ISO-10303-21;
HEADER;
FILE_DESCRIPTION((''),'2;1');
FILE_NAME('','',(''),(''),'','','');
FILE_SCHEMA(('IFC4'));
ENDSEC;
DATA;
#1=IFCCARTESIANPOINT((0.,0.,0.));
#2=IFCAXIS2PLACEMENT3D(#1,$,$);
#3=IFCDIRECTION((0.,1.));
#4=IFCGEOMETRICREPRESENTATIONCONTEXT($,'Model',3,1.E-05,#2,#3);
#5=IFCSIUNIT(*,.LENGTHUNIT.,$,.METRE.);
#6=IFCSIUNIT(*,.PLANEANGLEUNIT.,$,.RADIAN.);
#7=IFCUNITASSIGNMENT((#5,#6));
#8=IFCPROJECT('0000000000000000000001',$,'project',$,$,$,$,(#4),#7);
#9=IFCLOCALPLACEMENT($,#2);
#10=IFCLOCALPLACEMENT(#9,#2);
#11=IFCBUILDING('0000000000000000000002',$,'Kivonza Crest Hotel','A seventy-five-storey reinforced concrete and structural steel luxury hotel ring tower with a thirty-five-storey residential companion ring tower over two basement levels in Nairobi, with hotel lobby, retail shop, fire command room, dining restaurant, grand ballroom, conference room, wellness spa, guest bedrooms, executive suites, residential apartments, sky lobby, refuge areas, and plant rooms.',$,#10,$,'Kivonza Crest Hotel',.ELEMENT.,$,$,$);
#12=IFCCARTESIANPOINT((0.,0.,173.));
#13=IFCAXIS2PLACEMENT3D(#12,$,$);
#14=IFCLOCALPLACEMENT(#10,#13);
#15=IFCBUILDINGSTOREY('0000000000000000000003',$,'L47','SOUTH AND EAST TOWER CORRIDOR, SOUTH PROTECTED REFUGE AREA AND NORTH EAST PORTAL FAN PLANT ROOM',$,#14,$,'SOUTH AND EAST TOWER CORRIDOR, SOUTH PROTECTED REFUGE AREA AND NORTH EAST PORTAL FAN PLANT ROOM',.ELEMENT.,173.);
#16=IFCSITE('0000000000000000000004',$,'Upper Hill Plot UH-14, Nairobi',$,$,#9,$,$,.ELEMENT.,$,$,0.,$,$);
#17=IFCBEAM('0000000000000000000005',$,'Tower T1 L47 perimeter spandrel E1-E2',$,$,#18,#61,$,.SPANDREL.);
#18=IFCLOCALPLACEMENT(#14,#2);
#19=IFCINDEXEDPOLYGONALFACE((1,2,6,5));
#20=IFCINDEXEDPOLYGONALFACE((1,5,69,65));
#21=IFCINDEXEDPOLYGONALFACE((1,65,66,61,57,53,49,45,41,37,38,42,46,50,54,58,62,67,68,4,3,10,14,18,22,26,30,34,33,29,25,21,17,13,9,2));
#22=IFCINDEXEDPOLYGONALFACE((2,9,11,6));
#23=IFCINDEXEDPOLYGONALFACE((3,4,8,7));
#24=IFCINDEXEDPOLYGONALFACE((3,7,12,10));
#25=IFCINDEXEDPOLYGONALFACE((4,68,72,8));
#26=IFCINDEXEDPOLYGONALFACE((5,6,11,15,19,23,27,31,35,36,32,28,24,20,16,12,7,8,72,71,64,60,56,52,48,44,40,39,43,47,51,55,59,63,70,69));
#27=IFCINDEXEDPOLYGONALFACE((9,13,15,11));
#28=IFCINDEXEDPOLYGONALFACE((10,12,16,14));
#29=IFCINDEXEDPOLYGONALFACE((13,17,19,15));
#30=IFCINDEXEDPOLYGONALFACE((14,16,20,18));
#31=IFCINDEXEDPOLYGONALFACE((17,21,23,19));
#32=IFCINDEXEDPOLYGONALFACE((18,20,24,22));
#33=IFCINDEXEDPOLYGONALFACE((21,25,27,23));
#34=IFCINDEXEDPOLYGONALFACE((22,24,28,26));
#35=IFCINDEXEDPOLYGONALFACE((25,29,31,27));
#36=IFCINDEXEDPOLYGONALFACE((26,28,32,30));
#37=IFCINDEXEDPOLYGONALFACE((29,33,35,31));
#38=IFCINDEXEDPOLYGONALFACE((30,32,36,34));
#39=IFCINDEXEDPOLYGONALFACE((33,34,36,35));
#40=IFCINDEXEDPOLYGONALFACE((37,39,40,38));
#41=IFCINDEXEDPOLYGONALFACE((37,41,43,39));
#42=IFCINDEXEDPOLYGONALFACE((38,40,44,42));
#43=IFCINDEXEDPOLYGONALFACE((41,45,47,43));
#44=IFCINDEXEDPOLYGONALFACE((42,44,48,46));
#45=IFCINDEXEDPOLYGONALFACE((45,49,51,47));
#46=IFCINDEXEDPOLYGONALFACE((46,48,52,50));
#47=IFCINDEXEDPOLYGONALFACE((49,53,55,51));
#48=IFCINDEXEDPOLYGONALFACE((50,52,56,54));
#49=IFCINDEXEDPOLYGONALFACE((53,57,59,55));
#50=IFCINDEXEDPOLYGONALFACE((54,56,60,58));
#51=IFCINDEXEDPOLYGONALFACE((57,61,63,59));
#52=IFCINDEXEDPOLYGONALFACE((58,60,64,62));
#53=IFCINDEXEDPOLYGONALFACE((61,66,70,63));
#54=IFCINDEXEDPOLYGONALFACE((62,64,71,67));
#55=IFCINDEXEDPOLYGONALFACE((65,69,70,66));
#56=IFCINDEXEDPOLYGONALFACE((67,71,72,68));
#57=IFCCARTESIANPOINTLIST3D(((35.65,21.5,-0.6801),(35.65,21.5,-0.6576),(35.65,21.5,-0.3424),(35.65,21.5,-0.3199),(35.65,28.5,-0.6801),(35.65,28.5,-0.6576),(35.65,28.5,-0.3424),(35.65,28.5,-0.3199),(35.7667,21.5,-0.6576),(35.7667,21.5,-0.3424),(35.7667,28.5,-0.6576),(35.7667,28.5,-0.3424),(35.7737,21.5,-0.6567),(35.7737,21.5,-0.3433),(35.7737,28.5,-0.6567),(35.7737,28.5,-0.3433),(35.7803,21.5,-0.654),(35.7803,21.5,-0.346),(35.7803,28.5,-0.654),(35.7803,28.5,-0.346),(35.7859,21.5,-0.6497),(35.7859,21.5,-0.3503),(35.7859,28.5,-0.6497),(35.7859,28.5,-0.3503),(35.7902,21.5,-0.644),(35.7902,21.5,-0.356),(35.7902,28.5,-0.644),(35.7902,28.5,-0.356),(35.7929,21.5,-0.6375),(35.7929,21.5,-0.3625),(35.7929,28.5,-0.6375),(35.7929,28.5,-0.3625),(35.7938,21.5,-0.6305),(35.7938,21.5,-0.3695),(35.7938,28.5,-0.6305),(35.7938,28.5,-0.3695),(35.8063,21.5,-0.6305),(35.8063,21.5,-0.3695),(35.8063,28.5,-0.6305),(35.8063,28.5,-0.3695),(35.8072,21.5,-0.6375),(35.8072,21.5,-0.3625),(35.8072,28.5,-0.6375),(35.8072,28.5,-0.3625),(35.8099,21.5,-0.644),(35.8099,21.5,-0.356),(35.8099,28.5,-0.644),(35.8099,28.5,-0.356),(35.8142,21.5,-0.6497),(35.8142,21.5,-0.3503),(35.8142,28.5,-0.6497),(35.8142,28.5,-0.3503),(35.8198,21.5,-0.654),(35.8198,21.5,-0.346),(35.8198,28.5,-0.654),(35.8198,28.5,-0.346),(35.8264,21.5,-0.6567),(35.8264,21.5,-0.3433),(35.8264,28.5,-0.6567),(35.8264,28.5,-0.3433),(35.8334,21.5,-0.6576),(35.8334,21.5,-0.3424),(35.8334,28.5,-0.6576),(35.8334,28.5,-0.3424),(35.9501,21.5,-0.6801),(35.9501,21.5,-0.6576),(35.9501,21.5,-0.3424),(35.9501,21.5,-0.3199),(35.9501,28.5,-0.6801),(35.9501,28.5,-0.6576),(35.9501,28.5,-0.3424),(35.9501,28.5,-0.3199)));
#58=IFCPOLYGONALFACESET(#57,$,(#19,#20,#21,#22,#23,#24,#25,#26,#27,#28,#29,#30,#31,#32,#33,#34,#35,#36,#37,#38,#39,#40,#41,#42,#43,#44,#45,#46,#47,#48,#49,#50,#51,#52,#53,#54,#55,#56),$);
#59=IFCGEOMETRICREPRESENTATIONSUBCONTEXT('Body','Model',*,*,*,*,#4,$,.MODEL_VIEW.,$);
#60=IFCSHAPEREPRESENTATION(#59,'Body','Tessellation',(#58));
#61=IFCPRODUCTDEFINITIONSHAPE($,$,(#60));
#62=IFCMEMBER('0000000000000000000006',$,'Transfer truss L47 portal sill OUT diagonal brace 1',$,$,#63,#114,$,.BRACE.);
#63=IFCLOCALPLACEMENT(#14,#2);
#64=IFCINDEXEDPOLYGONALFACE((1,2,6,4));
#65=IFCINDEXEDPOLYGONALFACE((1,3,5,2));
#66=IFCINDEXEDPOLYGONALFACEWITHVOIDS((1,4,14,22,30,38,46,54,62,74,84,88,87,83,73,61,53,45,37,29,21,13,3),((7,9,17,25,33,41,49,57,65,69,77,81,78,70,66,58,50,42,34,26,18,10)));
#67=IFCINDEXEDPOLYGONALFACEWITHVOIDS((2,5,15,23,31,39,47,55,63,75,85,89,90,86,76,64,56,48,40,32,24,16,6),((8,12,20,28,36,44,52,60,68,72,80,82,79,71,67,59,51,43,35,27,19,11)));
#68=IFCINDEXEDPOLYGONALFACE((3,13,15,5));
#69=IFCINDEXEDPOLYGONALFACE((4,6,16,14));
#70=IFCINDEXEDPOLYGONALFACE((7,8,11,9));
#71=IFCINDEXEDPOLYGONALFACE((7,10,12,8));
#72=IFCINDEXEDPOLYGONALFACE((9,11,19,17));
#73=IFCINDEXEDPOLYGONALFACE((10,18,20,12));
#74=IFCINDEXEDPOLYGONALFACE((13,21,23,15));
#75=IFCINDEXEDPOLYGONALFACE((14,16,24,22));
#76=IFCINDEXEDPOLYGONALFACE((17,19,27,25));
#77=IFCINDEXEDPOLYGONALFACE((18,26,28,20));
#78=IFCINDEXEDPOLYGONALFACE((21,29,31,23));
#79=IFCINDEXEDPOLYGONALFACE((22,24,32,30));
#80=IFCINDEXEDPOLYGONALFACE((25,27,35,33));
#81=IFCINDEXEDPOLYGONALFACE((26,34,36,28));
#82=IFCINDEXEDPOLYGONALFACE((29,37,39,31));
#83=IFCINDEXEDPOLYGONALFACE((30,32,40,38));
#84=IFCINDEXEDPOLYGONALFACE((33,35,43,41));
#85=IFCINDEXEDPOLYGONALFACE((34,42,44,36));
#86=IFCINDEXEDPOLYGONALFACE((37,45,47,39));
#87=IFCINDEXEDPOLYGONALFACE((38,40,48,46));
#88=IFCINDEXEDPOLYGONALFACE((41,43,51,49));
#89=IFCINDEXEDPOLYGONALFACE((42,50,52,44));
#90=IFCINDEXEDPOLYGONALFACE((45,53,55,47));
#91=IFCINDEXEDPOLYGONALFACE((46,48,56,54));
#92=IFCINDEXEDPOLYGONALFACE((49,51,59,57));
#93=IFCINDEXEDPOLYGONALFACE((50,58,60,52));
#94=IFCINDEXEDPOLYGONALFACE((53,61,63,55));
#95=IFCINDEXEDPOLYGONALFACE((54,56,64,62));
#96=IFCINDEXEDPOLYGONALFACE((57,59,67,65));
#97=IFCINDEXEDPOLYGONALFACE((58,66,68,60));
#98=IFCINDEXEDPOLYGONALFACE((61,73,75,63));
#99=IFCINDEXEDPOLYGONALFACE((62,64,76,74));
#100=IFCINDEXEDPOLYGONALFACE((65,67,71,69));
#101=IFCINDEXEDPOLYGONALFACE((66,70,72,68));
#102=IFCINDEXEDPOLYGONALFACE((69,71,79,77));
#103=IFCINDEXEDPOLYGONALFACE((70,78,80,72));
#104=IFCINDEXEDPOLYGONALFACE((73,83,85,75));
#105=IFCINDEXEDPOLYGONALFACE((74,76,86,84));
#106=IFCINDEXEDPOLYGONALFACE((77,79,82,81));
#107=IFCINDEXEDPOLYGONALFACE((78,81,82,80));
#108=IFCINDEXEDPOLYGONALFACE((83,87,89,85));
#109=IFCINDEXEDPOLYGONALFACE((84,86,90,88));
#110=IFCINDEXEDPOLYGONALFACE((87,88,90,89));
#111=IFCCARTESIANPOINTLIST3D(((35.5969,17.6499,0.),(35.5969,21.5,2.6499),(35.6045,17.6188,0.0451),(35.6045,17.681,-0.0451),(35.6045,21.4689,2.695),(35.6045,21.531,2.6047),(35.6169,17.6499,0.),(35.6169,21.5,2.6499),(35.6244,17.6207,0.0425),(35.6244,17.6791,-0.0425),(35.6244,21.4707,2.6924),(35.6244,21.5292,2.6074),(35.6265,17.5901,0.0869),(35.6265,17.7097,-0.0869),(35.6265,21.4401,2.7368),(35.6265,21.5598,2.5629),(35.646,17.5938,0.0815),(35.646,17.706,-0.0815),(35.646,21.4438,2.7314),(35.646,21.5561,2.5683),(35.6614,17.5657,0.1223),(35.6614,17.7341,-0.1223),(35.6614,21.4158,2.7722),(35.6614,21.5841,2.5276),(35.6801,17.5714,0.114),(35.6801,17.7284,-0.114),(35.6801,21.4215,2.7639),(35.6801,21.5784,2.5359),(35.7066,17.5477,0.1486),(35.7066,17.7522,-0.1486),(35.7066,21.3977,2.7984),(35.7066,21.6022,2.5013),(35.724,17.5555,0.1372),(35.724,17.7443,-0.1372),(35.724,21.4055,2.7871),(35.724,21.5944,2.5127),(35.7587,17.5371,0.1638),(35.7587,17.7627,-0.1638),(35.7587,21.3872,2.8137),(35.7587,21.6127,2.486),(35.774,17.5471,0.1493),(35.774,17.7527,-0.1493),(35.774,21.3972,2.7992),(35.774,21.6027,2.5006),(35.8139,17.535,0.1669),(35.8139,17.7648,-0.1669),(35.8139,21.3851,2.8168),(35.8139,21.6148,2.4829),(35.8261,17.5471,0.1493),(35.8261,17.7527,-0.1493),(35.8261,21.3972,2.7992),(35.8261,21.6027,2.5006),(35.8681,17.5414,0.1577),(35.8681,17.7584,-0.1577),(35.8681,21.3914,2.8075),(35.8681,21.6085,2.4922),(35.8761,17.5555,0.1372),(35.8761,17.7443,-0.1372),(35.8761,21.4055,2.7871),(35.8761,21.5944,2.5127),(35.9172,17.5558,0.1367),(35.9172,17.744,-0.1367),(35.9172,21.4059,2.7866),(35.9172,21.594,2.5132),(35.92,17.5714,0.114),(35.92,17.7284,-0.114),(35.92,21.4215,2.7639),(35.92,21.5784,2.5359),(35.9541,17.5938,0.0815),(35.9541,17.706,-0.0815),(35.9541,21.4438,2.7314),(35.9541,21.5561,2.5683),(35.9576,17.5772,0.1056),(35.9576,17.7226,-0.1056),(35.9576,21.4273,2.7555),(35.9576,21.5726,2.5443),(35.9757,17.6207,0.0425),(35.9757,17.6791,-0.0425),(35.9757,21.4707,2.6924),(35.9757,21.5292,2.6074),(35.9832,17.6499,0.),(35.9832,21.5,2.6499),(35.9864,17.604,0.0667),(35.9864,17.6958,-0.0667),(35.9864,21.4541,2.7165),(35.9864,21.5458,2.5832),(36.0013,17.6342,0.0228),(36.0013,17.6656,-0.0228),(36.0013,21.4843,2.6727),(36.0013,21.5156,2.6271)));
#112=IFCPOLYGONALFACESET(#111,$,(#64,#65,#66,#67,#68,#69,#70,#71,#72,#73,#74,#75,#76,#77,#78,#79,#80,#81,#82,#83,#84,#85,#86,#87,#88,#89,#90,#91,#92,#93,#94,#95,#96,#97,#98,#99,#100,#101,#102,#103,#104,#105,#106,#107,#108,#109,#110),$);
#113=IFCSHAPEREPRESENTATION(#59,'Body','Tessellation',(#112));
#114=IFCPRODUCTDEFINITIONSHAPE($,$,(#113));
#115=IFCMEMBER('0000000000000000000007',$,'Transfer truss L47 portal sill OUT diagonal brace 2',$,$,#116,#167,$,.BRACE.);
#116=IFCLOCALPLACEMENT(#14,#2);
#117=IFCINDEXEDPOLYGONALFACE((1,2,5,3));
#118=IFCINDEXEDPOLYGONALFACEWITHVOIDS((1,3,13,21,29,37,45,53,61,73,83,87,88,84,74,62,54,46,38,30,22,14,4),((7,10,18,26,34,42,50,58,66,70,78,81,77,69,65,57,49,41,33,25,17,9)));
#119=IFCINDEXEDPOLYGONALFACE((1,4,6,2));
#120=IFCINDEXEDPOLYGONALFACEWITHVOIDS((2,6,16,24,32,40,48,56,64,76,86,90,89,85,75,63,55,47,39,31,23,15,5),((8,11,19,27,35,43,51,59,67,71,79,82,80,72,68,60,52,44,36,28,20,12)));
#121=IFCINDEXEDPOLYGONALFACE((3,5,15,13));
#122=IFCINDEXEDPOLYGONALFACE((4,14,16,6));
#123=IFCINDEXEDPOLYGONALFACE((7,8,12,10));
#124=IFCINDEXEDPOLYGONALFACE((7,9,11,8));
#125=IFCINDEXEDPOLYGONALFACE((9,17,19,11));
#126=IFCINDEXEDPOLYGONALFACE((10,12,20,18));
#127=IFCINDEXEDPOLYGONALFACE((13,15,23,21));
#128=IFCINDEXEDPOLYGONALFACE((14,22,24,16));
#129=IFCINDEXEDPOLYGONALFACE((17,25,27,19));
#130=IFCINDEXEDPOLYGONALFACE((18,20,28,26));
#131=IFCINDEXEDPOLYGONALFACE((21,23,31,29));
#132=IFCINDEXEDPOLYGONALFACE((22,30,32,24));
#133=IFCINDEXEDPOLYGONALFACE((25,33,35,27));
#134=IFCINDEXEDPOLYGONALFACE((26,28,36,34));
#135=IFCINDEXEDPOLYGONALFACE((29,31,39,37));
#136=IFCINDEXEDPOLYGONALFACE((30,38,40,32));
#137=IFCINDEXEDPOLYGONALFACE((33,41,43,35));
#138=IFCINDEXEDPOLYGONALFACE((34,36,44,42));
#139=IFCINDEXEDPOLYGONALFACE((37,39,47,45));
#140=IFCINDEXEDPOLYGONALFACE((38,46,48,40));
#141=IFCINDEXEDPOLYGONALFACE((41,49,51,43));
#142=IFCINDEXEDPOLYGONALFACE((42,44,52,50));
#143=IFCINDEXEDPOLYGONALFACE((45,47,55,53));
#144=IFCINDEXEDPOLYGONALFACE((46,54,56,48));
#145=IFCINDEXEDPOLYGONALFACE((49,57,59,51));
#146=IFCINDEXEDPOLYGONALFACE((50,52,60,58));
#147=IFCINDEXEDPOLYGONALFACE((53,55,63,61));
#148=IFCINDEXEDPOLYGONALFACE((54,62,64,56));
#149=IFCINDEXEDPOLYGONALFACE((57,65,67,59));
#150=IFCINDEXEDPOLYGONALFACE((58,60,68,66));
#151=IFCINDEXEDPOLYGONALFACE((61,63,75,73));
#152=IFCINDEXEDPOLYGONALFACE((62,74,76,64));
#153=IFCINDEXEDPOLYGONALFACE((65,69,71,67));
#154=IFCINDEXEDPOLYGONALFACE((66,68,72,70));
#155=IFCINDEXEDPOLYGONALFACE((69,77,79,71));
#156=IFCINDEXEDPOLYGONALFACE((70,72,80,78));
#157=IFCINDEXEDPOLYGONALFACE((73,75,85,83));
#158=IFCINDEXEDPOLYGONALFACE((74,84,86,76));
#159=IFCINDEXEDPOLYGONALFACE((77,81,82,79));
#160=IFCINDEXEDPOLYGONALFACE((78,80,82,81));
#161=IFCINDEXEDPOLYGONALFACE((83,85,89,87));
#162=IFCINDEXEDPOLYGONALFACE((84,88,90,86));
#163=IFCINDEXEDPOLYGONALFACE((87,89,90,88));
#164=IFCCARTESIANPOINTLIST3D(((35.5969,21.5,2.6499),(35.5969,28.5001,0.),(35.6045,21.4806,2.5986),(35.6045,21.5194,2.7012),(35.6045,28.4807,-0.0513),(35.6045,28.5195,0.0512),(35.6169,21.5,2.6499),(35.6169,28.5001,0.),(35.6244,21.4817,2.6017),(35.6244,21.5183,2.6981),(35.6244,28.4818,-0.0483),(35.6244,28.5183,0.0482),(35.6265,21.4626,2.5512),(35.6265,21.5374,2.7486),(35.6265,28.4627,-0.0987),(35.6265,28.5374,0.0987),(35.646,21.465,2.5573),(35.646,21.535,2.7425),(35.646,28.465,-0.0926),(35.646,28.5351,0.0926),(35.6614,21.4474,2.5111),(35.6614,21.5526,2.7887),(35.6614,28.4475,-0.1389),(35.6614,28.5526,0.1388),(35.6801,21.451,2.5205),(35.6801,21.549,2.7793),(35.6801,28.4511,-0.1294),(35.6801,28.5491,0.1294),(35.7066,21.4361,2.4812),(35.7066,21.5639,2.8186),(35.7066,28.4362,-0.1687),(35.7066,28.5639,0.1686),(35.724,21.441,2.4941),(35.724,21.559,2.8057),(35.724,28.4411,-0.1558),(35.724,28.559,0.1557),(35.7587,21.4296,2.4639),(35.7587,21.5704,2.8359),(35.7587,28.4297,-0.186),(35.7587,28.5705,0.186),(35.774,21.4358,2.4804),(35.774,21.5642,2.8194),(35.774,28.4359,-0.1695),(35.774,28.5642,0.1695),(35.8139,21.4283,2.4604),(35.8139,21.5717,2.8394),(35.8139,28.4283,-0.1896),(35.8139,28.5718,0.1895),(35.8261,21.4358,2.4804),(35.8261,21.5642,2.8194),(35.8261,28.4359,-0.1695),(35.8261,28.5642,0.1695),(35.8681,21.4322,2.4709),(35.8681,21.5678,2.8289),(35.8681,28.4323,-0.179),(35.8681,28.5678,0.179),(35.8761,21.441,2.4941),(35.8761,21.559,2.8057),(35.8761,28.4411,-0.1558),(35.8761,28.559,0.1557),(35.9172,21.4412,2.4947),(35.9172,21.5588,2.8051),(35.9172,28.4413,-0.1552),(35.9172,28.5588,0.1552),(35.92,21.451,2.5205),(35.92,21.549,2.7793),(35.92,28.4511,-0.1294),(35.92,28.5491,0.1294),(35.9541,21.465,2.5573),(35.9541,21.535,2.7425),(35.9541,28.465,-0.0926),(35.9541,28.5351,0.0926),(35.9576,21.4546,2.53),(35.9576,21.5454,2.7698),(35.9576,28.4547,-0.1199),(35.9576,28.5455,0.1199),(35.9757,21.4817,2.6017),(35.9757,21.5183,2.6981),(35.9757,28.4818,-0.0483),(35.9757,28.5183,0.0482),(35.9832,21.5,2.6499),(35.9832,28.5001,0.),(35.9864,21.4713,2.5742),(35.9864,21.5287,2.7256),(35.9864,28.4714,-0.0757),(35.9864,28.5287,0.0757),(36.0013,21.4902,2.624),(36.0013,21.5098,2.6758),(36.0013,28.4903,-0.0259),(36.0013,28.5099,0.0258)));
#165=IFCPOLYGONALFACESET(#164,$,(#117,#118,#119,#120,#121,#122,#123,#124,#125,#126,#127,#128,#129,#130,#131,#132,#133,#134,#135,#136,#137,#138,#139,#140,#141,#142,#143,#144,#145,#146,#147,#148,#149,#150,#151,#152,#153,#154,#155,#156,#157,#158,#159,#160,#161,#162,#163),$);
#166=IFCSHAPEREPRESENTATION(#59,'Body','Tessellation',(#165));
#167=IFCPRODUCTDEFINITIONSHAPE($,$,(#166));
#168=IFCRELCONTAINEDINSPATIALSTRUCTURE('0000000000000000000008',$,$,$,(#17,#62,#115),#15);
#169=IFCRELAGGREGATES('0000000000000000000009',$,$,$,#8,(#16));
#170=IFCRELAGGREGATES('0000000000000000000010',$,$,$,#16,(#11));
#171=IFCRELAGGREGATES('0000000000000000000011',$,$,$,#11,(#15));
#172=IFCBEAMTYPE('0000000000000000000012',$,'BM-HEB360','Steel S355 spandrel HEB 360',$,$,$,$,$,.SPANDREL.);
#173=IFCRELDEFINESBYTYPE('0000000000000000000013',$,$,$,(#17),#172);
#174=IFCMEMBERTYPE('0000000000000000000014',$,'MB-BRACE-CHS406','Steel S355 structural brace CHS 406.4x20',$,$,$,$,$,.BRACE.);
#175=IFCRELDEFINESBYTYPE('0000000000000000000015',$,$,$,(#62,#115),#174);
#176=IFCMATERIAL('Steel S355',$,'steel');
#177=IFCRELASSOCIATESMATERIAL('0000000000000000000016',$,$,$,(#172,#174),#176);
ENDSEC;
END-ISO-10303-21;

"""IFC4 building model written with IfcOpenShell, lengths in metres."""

from ifc_helpers import new_model, si_unit, direction, frame, origin, origin_2d, place, context, subcontext, project, spatial, hollow_circle, i_section, extrude, material, material_profile, profile_set, type_object, element, save


model = new_model("IFC4")

# Units and contexts
model_context = context("Model", 3, precision=1e-05, world=origin(), true_north=direction((0.0, 1.0)))
body_context = subcontext(model_context, "Body", "Model", "MODEL_VIEW")
ifc_project = project(units=[si_unit("LENGTHUNIT", "METRE"), si_unit("PLANEANGLEUNIT", "RADIAN")], contexts=[model_context])

# Site, building, storey
site_placement = place(None, origin())
site = spatial("IfcSite", under=ifc_project, at=site_placement, Name="Upper Hill Plot UH-14, Nairobi", CompositionType="ELEMENT", RefElevation=0.0)
building_placement = place(site_placement, origin())
building = spatial("IfcBuilding", under=site, at=building_placement, Name="Kivonza Crest Hotel", Description="A seventy-five-storey reinforced concrete and structural steel luxury hotel ring tower with a thirty-five-storey residential companion ring tower over two basement levels in Nairobi, with hotel lobby, retail shop, fire command room, dining restaurant, grand ballroom, conference room, wellness spa, guest bedrooms, executive suites, residential apartments, sky lobby, refuge areas, and plant rooms.", LongName="Kivonza Crest Hotel", CompositionType="ELEMENT")
storey_placement = place(building_placement, frame((0.0, 0.0, 173.0)))
storey = spatial("IfcBuildingStorey", under=building, at=storey_placement, Name="L47", Description="SOUTH AND EAST TOWER CORRIDOR, SOUTH PROTECTED REFUGE AREA AND NORTH EAST PORTAL FAN PLANT ROOM", LongName="SOUTH AND EAST TOWER CORRIDOR, SOUTH PROTECTED REFUGE AREA AND NORTH EAST PORTAL FAN PLANT ROOM", CompositionType="ELEMENT", Elevation=173.0)

# Shared definitions
ifc_material_1 = material(Name="Steel S355", Category="steel")

# Beam
ifc_material_profile_1 = material_profile(ifc_material_1, i_section(OverallWidth=0.3, OverallDepth=0.3601, WebThickness=0.0125, FlangeThickness=0.0225, FilletRadius=0.0271, at=origin_2d()), Name="HEB 360")
ifc_profile_set_1 = profile_set([ifc_material_profile_1], Name="Steel S355")
beam_type_1 = type_object("IfcBeamType", Name="BM-HEB360", Description="Steel S355 spandrel HEB 360", PredefinedType="SPANDREL", material=ifc_profile_set_1)
beam_1_placement = place(storey_placement, frame((35.8, 21.5, -0.5), z_axis=(0.0, 1.0, 0.0), x_axis=(-1.0, 0.0, 0.0)))
element("IfcBeam", 1, at=beam_1_placement, inside=storey, type_object=beam_type_1, Name="Tower T1 L47 perimeter spandrel E1-E2", PredefinedType="SPANDREL", context=body_context, shape_type="SweptSolid", body=[
    extrude(i_section(OverallWidth=0.3, OverallDepth=0.3601, WebThickness=0.0125, FlangeThickness=0.0225, FilletRadius=0.0271, at=origin_2d()), origin(), (0.0, 0.0, 1.0), 7.0),
])

# Members
ifc_material_profile_2 = material_profile(ifc_material_1, hollow_circle(Radius=0.2031, WallThickness=0.02, at=origin_2d()), Name="CHS 406.4x20")
ifc_profile_set_2 = profile_set([ifc_material_profile_2], Name="Steel S355")
member_type_1 = type_object("IfcMemberType", Name="MB-BRACE-CHS406", Description="Steel S355 structural brace CHS 406.4x20", PredefinedType="BRACE", material=ifc_profile_set_2)
member_1_placement = place(storey_placement, frame((35.8, 17.6499, 0.0), z_axis=(0.0, 0.823746, 0.566959), x_axis=(-1.0, 0.0, 0.0)))
element("IfcMember", 2, at=member_1_placement, inside=storey, type_object=member_type_1, Name="Transfer truss L47 portal sill OUT diagonal brace 1", PredefinedType="BRACE", context=body_context, shape_type="SweptSolid", body=[
    extrude(hollow_circle(Radius=0.2031, WallThickness=0.02, at=origin_2d()), origin(), (0.0, 0.0, 1.0), 4.6738),
])
member_2_placement = place(storey_placement, frame((35.8, 21.5, 2.6499), z_axis=(0.0, 0.935231, -0.354039), x_axis=(-1.0, 0.0, 0.0)))
element("IfcMember", 3, at=member_2_placement, inside=storey, type_object=member_type_1, Name="Transfer truss L47 portal sill OUT diagonal brace 2", PredefinedType="BRACE", context=body_context, shape_type="SweptSolid", body=[
    extrude(hollow_circle(Radius=0.2031, WallThickness=0.02, at=origin_2d()), origin(), (0.0, 0.0, 1.0), 7.4849),
])

save(model, "model.ifc")
